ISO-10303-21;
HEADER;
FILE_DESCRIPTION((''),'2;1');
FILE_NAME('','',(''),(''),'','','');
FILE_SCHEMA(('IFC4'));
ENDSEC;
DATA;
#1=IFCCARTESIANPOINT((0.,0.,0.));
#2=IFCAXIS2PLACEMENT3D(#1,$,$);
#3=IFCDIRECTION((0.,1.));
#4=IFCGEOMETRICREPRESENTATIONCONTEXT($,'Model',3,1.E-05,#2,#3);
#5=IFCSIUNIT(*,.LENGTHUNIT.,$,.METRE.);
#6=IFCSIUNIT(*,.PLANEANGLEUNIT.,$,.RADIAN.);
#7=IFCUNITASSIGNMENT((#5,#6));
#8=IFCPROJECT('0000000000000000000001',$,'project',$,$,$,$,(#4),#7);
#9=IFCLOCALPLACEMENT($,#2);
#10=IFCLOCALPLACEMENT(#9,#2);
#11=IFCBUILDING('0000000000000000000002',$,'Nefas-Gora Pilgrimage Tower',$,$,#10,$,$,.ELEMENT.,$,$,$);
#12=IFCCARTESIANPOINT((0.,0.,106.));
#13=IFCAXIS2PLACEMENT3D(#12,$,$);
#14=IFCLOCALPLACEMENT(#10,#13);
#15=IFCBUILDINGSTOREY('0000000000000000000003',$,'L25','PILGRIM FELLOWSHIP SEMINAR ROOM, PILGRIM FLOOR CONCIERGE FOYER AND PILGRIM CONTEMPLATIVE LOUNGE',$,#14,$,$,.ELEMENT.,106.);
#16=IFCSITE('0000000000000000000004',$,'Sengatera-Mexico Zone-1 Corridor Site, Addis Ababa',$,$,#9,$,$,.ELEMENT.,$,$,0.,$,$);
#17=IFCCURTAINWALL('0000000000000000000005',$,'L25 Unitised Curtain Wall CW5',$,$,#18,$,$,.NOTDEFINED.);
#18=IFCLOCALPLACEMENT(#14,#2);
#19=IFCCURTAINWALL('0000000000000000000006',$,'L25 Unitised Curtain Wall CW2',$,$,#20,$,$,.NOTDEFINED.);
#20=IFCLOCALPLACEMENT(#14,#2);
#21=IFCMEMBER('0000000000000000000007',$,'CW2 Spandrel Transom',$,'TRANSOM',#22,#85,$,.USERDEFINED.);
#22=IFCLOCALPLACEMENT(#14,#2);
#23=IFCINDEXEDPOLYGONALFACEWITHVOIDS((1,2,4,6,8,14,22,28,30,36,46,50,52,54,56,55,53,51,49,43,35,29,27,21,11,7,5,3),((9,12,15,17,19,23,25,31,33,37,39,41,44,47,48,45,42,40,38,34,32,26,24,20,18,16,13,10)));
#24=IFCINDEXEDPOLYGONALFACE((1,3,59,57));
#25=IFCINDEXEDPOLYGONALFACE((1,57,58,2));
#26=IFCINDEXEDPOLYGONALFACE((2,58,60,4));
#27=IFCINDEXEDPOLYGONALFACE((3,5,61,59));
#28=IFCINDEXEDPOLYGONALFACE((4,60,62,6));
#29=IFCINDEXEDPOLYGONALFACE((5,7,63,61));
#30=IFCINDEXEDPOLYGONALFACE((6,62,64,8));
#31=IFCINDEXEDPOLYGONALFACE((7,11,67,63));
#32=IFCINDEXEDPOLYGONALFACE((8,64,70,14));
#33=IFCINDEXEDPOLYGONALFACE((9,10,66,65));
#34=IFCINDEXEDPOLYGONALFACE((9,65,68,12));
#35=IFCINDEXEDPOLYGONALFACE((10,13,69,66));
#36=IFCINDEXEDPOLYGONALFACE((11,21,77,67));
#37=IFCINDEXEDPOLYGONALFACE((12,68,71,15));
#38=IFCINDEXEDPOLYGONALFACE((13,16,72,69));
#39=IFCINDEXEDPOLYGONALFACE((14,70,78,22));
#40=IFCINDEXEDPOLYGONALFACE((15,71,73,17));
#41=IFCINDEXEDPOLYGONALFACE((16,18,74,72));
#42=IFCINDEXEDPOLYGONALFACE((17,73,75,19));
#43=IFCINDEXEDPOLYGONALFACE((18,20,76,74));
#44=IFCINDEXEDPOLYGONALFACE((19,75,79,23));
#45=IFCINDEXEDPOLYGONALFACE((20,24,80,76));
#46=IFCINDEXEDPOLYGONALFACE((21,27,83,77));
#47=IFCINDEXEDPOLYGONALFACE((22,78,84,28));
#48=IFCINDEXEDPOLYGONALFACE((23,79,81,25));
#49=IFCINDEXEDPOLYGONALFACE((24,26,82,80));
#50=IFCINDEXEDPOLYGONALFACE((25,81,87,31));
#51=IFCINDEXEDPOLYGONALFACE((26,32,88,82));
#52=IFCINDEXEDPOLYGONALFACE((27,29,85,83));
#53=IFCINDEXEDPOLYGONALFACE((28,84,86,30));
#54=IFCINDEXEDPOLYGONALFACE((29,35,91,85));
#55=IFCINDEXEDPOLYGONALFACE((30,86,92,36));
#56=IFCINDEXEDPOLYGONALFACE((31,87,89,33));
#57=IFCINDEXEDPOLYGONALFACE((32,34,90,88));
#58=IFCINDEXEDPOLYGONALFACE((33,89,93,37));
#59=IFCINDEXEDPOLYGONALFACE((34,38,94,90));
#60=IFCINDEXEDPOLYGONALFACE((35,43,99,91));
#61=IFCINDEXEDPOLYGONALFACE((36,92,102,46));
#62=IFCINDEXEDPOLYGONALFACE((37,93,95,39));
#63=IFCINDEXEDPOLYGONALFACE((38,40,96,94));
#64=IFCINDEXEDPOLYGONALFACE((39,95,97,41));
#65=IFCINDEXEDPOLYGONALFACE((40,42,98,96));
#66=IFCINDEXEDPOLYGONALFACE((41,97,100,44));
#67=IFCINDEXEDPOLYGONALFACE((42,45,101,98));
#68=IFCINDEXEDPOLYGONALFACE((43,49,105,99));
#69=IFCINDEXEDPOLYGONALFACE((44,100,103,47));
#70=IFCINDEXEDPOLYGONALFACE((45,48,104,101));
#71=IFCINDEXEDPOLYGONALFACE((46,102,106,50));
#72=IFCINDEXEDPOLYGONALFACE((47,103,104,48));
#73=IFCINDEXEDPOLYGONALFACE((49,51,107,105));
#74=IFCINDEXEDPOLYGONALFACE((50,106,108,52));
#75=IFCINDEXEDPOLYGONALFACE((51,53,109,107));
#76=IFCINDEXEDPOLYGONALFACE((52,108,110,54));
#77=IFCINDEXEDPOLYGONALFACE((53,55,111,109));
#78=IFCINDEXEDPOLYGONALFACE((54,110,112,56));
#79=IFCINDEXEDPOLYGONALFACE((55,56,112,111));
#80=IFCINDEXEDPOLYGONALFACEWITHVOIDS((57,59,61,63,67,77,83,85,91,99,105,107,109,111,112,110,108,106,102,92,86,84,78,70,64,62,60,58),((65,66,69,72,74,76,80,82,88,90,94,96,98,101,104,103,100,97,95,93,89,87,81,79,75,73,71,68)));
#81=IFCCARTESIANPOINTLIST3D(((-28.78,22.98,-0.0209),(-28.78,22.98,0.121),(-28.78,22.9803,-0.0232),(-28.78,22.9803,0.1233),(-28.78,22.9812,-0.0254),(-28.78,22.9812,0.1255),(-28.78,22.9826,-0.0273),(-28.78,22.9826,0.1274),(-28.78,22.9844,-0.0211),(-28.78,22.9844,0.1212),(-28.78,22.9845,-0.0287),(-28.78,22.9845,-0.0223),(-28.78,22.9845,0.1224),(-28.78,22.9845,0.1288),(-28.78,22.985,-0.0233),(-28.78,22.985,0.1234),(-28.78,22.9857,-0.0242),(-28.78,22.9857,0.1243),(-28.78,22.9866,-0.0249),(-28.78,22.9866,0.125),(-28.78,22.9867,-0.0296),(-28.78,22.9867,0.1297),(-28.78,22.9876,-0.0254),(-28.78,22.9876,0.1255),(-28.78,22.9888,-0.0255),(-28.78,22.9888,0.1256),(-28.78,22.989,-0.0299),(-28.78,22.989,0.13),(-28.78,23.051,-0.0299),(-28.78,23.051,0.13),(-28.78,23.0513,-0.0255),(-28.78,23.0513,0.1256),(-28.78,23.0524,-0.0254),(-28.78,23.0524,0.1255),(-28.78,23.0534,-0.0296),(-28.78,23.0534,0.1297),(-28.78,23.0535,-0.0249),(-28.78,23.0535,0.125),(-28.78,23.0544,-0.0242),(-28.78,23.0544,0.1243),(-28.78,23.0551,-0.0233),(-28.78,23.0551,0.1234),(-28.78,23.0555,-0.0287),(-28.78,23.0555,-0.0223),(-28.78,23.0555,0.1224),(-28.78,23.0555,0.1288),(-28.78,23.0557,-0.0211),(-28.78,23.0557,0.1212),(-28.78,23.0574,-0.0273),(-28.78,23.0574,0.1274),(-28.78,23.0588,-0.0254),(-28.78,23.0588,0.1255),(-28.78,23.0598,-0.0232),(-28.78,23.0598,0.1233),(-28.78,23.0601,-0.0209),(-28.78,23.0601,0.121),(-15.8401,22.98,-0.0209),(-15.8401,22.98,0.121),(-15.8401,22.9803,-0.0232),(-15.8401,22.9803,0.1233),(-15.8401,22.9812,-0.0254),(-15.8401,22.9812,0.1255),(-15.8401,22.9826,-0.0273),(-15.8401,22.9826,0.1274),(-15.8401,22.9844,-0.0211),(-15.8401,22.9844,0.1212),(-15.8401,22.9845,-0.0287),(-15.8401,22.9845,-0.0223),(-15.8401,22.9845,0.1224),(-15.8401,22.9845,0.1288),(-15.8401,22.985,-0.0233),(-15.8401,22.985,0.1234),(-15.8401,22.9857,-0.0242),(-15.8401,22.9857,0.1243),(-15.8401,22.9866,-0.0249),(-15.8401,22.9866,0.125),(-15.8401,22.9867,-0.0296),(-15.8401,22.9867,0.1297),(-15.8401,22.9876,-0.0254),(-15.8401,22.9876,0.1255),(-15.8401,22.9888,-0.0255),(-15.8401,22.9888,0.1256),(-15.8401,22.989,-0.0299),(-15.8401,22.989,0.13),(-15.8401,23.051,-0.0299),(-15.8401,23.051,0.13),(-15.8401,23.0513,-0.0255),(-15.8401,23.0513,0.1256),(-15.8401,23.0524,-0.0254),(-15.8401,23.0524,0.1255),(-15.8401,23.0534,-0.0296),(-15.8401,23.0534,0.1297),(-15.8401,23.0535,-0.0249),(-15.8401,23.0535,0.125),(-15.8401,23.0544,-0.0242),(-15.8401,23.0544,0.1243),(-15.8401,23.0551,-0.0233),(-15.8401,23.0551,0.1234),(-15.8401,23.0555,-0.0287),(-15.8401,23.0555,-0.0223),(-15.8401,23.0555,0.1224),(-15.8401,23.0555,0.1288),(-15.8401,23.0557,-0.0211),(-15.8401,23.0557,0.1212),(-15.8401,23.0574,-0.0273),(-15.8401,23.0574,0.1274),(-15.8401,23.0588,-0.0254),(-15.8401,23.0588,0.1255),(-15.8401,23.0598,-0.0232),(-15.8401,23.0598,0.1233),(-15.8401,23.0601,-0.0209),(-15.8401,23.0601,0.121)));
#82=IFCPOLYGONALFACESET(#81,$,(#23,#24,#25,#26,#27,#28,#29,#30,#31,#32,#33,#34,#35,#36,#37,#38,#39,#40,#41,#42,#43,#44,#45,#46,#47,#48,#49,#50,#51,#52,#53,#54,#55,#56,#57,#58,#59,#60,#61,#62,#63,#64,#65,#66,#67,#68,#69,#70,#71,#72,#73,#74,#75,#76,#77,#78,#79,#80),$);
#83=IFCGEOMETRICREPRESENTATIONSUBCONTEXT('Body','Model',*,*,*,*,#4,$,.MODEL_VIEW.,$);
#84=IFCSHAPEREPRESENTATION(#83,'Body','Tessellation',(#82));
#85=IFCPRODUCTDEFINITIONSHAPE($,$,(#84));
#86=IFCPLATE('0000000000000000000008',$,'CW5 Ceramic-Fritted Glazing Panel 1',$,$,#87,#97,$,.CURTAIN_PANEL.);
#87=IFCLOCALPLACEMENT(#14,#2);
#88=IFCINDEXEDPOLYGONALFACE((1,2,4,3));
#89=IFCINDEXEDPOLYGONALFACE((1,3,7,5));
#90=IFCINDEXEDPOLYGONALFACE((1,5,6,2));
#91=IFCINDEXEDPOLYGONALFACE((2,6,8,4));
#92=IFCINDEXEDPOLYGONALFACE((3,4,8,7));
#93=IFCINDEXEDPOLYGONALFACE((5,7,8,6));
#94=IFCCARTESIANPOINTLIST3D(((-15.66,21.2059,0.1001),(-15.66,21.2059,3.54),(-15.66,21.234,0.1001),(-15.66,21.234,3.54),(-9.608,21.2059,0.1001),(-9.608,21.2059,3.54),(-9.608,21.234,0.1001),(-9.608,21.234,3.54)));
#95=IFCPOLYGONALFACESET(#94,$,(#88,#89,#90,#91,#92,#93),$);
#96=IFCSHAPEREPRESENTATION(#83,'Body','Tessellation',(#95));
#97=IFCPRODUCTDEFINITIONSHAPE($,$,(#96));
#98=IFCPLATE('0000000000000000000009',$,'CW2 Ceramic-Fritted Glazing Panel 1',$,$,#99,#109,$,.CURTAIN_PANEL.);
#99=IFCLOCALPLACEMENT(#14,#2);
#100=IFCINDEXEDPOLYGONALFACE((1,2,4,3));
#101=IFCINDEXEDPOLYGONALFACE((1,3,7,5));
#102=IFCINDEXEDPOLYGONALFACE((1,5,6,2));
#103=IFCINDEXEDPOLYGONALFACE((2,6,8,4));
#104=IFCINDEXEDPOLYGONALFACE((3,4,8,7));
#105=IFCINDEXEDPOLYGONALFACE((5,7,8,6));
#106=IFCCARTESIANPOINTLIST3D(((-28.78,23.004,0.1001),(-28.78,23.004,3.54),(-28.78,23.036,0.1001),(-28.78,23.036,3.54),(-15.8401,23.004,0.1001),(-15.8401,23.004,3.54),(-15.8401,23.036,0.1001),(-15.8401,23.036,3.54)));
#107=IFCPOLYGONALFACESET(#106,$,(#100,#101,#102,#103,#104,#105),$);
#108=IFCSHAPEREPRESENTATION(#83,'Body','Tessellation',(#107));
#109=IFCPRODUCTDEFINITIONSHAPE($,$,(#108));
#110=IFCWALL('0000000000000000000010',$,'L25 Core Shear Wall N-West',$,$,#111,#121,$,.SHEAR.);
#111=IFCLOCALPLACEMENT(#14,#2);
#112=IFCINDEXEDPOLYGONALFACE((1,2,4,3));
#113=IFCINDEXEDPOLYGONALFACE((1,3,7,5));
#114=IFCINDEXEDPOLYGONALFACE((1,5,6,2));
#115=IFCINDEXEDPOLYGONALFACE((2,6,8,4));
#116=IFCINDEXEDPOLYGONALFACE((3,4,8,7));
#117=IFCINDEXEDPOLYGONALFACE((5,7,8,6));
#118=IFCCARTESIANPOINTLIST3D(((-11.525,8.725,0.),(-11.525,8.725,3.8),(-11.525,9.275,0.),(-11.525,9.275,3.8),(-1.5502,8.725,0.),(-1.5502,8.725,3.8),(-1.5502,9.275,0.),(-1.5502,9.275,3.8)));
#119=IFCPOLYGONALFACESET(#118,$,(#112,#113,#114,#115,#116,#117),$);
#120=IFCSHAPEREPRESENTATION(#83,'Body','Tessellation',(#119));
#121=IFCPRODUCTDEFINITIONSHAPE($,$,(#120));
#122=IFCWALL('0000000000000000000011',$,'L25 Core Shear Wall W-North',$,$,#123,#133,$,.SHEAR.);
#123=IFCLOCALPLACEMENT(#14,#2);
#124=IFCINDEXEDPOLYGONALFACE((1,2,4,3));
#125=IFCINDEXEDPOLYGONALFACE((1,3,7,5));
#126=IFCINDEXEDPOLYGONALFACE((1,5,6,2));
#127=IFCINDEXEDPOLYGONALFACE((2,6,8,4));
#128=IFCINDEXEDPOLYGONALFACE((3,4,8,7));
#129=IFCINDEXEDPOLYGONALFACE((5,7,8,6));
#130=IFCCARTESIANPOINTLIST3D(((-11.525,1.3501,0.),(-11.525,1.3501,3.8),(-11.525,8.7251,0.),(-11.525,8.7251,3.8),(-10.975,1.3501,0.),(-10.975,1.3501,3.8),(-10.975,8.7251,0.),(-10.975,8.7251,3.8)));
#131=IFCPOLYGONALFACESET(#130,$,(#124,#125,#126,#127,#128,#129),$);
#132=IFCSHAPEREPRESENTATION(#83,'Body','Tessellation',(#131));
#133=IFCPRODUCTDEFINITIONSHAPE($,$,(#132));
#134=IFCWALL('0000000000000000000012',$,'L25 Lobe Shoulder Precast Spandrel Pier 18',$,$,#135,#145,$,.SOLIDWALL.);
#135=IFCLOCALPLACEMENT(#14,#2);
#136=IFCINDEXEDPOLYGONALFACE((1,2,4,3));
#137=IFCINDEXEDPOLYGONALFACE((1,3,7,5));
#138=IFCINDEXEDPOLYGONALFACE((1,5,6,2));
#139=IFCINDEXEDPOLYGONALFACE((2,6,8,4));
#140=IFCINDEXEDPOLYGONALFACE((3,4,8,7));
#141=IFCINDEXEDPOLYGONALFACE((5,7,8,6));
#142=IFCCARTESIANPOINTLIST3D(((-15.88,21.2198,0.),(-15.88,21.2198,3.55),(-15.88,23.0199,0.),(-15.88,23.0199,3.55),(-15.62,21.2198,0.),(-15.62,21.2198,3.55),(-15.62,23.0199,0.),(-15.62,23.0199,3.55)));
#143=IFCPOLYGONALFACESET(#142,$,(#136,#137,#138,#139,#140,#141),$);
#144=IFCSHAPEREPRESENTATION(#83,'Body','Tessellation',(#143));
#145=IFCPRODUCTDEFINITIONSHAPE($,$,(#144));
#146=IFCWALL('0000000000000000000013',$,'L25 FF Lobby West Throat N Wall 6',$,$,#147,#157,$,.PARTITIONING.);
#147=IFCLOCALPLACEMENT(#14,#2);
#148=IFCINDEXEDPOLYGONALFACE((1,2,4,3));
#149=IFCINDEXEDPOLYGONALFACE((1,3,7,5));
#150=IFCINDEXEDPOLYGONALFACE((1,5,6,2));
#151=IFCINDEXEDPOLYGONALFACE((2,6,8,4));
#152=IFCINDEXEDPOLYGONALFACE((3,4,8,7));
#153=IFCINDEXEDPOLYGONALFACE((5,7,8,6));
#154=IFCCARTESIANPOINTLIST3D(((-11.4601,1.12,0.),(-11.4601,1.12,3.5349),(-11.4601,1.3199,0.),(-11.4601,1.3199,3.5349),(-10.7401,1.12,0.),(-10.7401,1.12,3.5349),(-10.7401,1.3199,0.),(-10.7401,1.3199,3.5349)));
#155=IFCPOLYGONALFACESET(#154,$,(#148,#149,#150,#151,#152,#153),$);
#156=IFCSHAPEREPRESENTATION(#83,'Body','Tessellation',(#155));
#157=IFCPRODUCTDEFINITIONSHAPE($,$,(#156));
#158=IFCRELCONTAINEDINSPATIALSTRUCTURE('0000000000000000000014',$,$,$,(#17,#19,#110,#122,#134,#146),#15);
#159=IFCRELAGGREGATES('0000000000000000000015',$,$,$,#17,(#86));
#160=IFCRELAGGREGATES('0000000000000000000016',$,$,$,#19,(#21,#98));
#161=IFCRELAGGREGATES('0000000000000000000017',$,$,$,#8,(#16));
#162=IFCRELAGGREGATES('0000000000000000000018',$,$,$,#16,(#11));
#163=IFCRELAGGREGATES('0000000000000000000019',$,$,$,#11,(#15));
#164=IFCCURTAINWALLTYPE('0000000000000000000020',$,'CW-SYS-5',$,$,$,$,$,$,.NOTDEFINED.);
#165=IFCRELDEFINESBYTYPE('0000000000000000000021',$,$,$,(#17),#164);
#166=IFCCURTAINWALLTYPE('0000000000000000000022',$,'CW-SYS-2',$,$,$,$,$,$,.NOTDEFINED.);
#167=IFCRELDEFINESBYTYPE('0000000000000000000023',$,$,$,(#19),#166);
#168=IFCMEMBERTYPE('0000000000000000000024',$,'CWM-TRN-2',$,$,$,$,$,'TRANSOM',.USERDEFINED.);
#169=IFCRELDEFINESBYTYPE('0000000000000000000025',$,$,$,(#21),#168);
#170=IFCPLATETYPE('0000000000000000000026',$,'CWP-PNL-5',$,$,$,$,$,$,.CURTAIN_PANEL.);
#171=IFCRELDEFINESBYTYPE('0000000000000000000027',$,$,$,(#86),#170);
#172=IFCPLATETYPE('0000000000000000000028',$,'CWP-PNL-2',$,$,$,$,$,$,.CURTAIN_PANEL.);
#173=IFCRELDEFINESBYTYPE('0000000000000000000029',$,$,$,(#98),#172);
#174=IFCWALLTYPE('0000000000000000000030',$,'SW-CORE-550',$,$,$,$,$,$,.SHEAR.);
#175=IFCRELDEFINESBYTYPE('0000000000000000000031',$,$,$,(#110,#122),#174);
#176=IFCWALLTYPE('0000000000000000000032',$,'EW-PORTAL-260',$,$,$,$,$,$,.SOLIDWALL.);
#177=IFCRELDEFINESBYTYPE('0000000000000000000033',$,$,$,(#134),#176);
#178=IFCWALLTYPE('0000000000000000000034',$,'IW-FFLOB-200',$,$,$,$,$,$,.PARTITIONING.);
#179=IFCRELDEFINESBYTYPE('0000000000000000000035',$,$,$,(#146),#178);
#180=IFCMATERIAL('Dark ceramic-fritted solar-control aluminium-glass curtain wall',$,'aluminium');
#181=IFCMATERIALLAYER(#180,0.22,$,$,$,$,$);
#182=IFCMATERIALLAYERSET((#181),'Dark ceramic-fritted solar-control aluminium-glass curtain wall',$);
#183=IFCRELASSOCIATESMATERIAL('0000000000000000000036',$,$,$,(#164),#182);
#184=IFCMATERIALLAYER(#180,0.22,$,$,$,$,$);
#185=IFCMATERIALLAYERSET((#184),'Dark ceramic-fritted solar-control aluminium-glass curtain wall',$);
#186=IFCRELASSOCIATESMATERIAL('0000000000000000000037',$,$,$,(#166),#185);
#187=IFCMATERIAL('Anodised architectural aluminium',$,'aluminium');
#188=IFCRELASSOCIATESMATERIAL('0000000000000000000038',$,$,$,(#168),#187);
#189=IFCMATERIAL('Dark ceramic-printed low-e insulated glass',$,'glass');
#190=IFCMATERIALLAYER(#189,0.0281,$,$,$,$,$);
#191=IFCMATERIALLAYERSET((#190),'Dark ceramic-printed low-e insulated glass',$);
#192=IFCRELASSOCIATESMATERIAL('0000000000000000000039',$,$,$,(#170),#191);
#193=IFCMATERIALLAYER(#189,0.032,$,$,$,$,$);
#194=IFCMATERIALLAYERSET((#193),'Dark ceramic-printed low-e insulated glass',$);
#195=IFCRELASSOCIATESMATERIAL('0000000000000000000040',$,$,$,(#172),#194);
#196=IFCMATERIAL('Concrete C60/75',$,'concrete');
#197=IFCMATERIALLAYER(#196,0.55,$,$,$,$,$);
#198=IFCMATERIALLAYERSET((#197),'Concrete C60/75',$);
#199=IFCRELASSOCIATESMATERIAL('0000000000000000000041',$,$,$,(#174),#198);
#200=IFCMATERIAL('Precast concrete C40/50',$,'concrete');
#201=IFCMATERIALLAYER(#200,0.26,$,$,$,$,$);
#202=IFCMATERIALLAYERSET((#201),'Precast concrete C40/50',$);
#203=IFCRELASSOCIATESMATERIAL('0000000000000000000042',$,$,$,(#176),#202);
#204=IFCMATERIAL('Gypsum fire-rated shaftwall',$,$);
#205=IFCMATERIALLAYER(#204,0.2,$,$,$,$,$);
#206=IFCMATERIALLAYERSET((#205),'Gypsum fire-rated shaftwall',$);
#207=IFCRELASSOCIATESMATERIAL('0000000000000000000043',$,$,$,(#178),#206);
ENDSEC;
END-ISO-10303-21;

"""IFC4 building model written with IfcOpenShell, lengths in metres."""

from ifc_helpers import new_model, si_unit, direction, frame, frame_2d, origin, origin_2d, place, context, subcontext, project, spatial, rectangle, hollow_rectangle, extrude, source, transform, mapped, material, layer, layer_set, material_profile, profile_set, type_object, element, aggregate, save


model = new_model("IFC4")

# Units and contexts
model_context = context("Model", 3, precision=1e-05, world=origin(), true_north=direction((0.0, 1.0)))
body_context = subcontext(model_context, "Body", "Model", "MODEL_VIEW")
ifc_project = project(units=[si_unit("LENGTHUNIT", "METRE"), si_unit("PLANEANGLEUNIT", "RADIAN")], contexts=[model_context])

# Site, building, storey
site_placement = place(None, origin())
site = spatial("IfcSite", under=ifc_project, at=site_placement, Name="Sengatera-Mexico Zone-1 Corridor Site, Addis Ababa", CompositionType="ELEMENT", RefElevation=0.0)
building_placement = place(site_placement, origin())
building = spatial("IfcBuilding", under=site, at=building_placement, Name="Nefas-Gora Pilgrimage Tower", CompositionType="ELEMENT")
storey_placement = place(building_placement, frame((0.0, 0.0, 106.0)))
storey = spatial("IfcBuildingStorey", under=building, at=storey_placement, Name="L25", Description="PILGRIM FELLOWSHIP SEMINAR ROOM, PILGRIM FLOOR CONCIERGE FOYER AND PILGRIM CONTEMPLATIVE LOUNGE", CompositionType="ELEMENT", Elevation=106.0)

# Curtain wall
ifc_material_1 = material(Name="Dark ceramic-fritted solar-control aluminium-glass curtain wall", Category="aluminium")
ifc_layer_1 = layer(ifc_material_1, 0.22)
ifc_layer_set_1 = layer_set([ifc_layer_1], Name="Dark ceramic-fritted solar-control aluminium-glass curtain wall")
curtain_wall_type_1 = type_object("IfcCurtainWallType", Name="CW-SYS-5", PredefinedType="NOTDEFINED", material=ifc_layer_set_1)
curtain_wall_1_placement = place(storey_placement, origin())
curtain_wall_1 = element("IfcCurtainWall", 1, at=curtain_wall_1_placement, inside=storey, type_object=curtain_wall_type_1, Name="L25 Unitised Curtain Wall CW5", PredefinedType="NOTDEFINED")
ifc_material_2 = material(Name="Anodised architectural aluminium", Category="aluminium")

# Curtain wall, member
ifc_layer_2 = layer(ifc_material_1, 0.22)
ifc_layer_set_2 = layer_set([ifc_layer_2], Name="Dark ceramic-fritted solar-control aluminium-glass curtain wall")
curtain_wall_type_2 = type_object("IfcCurtainWallType", Name="CW-SYS-2", PredefinedType="NOTDEFINED", material=ifc_layer_set_2)
curtain_wall_2_placement = place(storey_placement, origin())
curtain_wall_2 = element("IfcCurtainWall", 2, at=curtain_wall_2_placement, inside=storey, type_object=curtain_wall_type_2, Name="L25 Unitised Curtain Wall CW2", PredefinedType="NOTDEFINED")
ifc_material_profile_1 = material_profile(ifc_material_2, hollow_rectangle(XDim=0.0801, YDim=0.1599, WallThickness=0.0044, InnerFilletRadius=0.0044, OuterFilletRadius=0.009, at=origin_2d()), Name="ALU TRANSOM 80x160")
ifc_profile_set_1 = profile_set([ifc_material_profile_1], Name="Anodised architectural aluminium")
member_type_1 = type_object("IfcMemberType", Name="CWM-TRN-2", ElementType="TRANSOM", PredefinedType="USERDEFINED", material=ifc_profile_set_1)
shared_shape_1 = source(origin(), body_context, "Body", "SweptSolid", [
    extrude(hollow_rectangle(XDim=0.0801, YDim=0.1599, WallThickness=0.0044, InnerFilletRadius=0.0044, OuterFilletRadius=0.009, at=origin_2d()), origin(), (0.0, 0.0, 1.0), 12.9399),
])
member_1_placement = place(storey_placement, frame((-15.8401, 23.02, 0.05), z_axis=(-1.0, 0.0, 0.0), x_axis=(0.0, -1.0, 0.0)))
member_1 = element("IfcMember", 3, at=member_1_placement, type_object=member_type_1, Name="CW2 Spandrel Transom", ObjectType="TRANSOM", PredefinedType="USERDEFINED", context=body_context, shape_type="MappedRepresentation", body=[
    mapped(shared_shape_1, transform((0.0, 0.0, 0.0), x_axis=(1.0, 0.0, 0.0), y_axis=(0.0, 1.0, 0.0), z_axis=(0.0, 0.0, 1.0), scale=1.0)),
])

# Plates
ifc_material_3 = material(Name="Dark ceramic-printed low-e insulated glass", Category="glass")
ifc_layer_3 = layer(ifc_material_3, 0.0281)
ifc_layer_set_3 = layer_set([ifc_layer_3], Name="Dark ceramic-printed low-e insulated glass")
plate_type_1 = type_object("IfcPlateType", Name="CWP-PNL-5", PredefinedType="CURTAIN_PANEL", material=ifc_layer_set_3)
shared_shape_2 = source(origin(), body_context, "Body", "SweptSolid", [
    extrude(rectangle(XDim=6.052, YDim=0.0281, at=origin_2d()), origin(), (0.0, 0.0, 1.0), 3.4399),
])
plate_1_placement = place(storey_placement, frame((-12.634, 21.22, 0.1001), z_axis=(0.0, 0.0, 1.0), x_axis=(-1.0, 0.0, 0.0)))
plate_1 = element("IfcPlate", 4, at=plate_1_placement, type_object=plate_type_1, Name="CW5 Ceramic-Fritted Glazing Panel 1", PredefinedType="CURTAIN_PANEL", context=body_context, shape_type="MappedRepresentation", body=[
    mapped(shared_shape_2, transform((0.0, 0.0, 0.0), x_axis=(1.0, 0.0, 0.0), y_axis=(0.0, 1.0, 0.0), z_axis=(0.0, 0.0, 1.0), scale=1.0)),
])
aggregate(curtain_wall_1, [plate_1])
ifc_layer_4 = layer(ifc_material_3, 0.032)
ifc_layer_set_4 = layer_set([ifc_layer_4], Name="Dark ceramic-printed low-e insulated glass")
plate_type_2 = type_object("IfcPlateType", Name="CWP-PNL-2", PredefinedType="CURTAIN_PANEL", material=ifc_layer_set_4)
shared_shape_3 = source(origin(), body_context, "Body", "SweptSolid", [
    extrude(rectangle(XDim=12.9399, YDim=0.032, at=origin_2d()), origin(), (0.0, 0.0, 1.0), 3.4399),
])
plate_2_placement = place(storey_placement, frame((-22.3101, 23.02, 0.1001), z_axis=(0.0, 0.0, 1.0), x_axis=(-1.0, 0.0, 0.0)))
plate_2 = element("IfcPlate", 5, at=plate_2_placement, type_object=plate_type_2, Name="CW2 Ceramic-Fritted Glazing Panel 1", PredefinedType="CURTAIN_PANEL", context=body_context, shape_type="MappedRepresentation", body=[
    mapped(shared_shape_3, transform((0.0, 0.0, 0.0), x_axis=(1.0, 0.0, 0.0), y_axis=(0.0, 1.0, 0.0), z_axis=(0.0, 0.0, 1.0), scale=1.0)),
])
aggregate(curtain_wall_2, [member_1, plate_2])

# Walls
ifc_material_4 = material(Name="Concrete C60/75", Category="concrete")
ifc_layer_5 = layer(ifc_material_4, 0.55)
ifc_layer_set_5 = layer_set([ifc_layer_5], Name="Concrete C60/75")
wall_type_1 = type_object("IfcWallType", Name="SW-CORE-550", PredefinedType="SHEAR", material=ifc_layer_set_5)
shared_shape_4 = source(origin(), body_context, "Body", "SweptSolid", [
    extrude(rectangle(XDim=9.9749, YDim=0.55, at=frame_2d((4.9873, 0.0))), origin(), (0.0, 0.0, 1.0), 3.8),
])
wall_1_placement = place(storey_placement, frame((-11.5249, 9.0, 0.0), z_axis=(0.0, 0.0, 1.0), x_axis=(1.0, 0.0, 0.0)))
element("IfcWall", 6, at=wall_1_placement, inside=storey, type_object=wall_type_1, Name="L25 Core Shear Wall N-West", PredefinedType="SHEAR", context=body_context, shape_type="MappedRepresentation", body=[
    mapped(shared_shape_4, transform((0.0, 0.0, 0.0), x_axis=(1.0, 0.0, 0.0), y_axis=(0.0, 1.0, 0.0), z_axis=(0.0, 0.0, 1.0), scale=1.0)),
])
shared_shape_5 = source(origin(), body_context, "Body", "SweptSolid", [
    extrude(rectangle(XDim=7.375, YDim=0.55, at=frame_2d((3.6875, 0.0))), origin(), (0.0, 0.0, 1.0), 3.8),
])
wall_2_placement = place(storey_placement, frame((-11.25, 1.3501, 0.0), z_axis=(0.0, 0.0, 1.0), x_axis=(0.0, 1.0, 0.0)))
element("IfcWall", 7, at=wall_2_placement, inside=storey, type_object=wall_type_1, Name="L25 Core Shear Wall W-North", PredefinedType="SHEAR", context=body_context, shape_type="MappedRepresentation", body=[
    mapped(shared_shape_5, transform((0.0, 0.0, 0.0), x_axis=(1.0, 0.0, 0.0), y_axis=(0.0, 1.0, 0.0), z_axis=(0.0, 0.0, 1.0), scale=1.0)),
])
ifc_material_5 = material(Name="Precast concrete C40/50", Category="concrete")
ifc_layer_6 = layer(ifc_material_5, 0.26)
ifc_layer_set_6 = layer_set([ifc_layer_6], Name="Precast concrete C40/50")
wall_type_2 = type_object("IfcWallType", Name="EW-PORTAL-260", PredefinedType="SOLIDWALL", material=ifc_layer_set_6)
shared_shape_6 = source(origin(), body_context, "Body", "SweptSolid", [
    extrude(rectangle(XDim=1.8, YDim=0.26, at=frame_2d((0.8999, 0.0))), origin(), (0.0, 0.0, 1.0), 3.55),
])
wall_3_placement = place(storey_placement, frame((-15.75, 21.22, 0.0), z_axis=(0.0, 0.0, 1.0), x_axis=(0.0, 1.0, 0.0)))
element("IfcWall", 8, at=wall_3_placement, inside=storey, type_object=wall_type_2, Name="L25 Lobe Shoulder Precast Spandrel Pier 18", PredefinedType="SOLIDWALL", context=body_context, shape_type="MappedRepresentation", body=[
    mapped(shared_shape_6, transform((0.0, 0.0, 0.0), x_axis=(1.0, 0.0, 0.0), y_axis=(0.0, 1.0, 0.0), z_axis=(0.0, 0.0, 1.0), scale=1.0)),
])
ifc_material_6 = material(Name="Gypsum fire-rated shaftwall")
ifc_layer_7 = layer(ifc_material_6, 0.2)
ifc_layer_set_7 = layer_set([ifc_layer_7], Name="Gypsum fire-rated shaftwall")
wall_type_3 = type_object("IfcWallType", Name="IW-FFLOB-200", PredefinedType="PARTITIONING", material=ifc_layer_set_7)
shared_shape_7 = source(origin(), body_context, "Body", "SweptSolid", [
    extrude(rectangle(XDim=0.72, YDim=0.2, at=frame_2d((0.3599, 0.0))), origin(), (0.0, 0.0, 1.0), 3.5349),
])
wall_4_placement = place(storey_placement, frame((-11.46, 1.22, 0.0), z_axis=(0.0, 0.0, 1.0), x_axis=(1.0, 0.0, 0.0)))
element("IfcWall", 9, at=wall_4_placement, inside=storey, type_object=wall_type_3, Name="L25 FF Lobby West Throat N Wall 6", PredefinedType="PARTITIONING", context=body_context, shape_type="MappedRepresentation", body=[
    mapped(shared_shape_7, transform((0.0, 0.0, 0.0), x_axis=(1.0, 0.0, 0.0), y_axis=(0.0, 1.0, 0.0), z_axis=(0.0, 0.0, 1.0), scale=1.0)),
])

save(model, "model.ifc")
